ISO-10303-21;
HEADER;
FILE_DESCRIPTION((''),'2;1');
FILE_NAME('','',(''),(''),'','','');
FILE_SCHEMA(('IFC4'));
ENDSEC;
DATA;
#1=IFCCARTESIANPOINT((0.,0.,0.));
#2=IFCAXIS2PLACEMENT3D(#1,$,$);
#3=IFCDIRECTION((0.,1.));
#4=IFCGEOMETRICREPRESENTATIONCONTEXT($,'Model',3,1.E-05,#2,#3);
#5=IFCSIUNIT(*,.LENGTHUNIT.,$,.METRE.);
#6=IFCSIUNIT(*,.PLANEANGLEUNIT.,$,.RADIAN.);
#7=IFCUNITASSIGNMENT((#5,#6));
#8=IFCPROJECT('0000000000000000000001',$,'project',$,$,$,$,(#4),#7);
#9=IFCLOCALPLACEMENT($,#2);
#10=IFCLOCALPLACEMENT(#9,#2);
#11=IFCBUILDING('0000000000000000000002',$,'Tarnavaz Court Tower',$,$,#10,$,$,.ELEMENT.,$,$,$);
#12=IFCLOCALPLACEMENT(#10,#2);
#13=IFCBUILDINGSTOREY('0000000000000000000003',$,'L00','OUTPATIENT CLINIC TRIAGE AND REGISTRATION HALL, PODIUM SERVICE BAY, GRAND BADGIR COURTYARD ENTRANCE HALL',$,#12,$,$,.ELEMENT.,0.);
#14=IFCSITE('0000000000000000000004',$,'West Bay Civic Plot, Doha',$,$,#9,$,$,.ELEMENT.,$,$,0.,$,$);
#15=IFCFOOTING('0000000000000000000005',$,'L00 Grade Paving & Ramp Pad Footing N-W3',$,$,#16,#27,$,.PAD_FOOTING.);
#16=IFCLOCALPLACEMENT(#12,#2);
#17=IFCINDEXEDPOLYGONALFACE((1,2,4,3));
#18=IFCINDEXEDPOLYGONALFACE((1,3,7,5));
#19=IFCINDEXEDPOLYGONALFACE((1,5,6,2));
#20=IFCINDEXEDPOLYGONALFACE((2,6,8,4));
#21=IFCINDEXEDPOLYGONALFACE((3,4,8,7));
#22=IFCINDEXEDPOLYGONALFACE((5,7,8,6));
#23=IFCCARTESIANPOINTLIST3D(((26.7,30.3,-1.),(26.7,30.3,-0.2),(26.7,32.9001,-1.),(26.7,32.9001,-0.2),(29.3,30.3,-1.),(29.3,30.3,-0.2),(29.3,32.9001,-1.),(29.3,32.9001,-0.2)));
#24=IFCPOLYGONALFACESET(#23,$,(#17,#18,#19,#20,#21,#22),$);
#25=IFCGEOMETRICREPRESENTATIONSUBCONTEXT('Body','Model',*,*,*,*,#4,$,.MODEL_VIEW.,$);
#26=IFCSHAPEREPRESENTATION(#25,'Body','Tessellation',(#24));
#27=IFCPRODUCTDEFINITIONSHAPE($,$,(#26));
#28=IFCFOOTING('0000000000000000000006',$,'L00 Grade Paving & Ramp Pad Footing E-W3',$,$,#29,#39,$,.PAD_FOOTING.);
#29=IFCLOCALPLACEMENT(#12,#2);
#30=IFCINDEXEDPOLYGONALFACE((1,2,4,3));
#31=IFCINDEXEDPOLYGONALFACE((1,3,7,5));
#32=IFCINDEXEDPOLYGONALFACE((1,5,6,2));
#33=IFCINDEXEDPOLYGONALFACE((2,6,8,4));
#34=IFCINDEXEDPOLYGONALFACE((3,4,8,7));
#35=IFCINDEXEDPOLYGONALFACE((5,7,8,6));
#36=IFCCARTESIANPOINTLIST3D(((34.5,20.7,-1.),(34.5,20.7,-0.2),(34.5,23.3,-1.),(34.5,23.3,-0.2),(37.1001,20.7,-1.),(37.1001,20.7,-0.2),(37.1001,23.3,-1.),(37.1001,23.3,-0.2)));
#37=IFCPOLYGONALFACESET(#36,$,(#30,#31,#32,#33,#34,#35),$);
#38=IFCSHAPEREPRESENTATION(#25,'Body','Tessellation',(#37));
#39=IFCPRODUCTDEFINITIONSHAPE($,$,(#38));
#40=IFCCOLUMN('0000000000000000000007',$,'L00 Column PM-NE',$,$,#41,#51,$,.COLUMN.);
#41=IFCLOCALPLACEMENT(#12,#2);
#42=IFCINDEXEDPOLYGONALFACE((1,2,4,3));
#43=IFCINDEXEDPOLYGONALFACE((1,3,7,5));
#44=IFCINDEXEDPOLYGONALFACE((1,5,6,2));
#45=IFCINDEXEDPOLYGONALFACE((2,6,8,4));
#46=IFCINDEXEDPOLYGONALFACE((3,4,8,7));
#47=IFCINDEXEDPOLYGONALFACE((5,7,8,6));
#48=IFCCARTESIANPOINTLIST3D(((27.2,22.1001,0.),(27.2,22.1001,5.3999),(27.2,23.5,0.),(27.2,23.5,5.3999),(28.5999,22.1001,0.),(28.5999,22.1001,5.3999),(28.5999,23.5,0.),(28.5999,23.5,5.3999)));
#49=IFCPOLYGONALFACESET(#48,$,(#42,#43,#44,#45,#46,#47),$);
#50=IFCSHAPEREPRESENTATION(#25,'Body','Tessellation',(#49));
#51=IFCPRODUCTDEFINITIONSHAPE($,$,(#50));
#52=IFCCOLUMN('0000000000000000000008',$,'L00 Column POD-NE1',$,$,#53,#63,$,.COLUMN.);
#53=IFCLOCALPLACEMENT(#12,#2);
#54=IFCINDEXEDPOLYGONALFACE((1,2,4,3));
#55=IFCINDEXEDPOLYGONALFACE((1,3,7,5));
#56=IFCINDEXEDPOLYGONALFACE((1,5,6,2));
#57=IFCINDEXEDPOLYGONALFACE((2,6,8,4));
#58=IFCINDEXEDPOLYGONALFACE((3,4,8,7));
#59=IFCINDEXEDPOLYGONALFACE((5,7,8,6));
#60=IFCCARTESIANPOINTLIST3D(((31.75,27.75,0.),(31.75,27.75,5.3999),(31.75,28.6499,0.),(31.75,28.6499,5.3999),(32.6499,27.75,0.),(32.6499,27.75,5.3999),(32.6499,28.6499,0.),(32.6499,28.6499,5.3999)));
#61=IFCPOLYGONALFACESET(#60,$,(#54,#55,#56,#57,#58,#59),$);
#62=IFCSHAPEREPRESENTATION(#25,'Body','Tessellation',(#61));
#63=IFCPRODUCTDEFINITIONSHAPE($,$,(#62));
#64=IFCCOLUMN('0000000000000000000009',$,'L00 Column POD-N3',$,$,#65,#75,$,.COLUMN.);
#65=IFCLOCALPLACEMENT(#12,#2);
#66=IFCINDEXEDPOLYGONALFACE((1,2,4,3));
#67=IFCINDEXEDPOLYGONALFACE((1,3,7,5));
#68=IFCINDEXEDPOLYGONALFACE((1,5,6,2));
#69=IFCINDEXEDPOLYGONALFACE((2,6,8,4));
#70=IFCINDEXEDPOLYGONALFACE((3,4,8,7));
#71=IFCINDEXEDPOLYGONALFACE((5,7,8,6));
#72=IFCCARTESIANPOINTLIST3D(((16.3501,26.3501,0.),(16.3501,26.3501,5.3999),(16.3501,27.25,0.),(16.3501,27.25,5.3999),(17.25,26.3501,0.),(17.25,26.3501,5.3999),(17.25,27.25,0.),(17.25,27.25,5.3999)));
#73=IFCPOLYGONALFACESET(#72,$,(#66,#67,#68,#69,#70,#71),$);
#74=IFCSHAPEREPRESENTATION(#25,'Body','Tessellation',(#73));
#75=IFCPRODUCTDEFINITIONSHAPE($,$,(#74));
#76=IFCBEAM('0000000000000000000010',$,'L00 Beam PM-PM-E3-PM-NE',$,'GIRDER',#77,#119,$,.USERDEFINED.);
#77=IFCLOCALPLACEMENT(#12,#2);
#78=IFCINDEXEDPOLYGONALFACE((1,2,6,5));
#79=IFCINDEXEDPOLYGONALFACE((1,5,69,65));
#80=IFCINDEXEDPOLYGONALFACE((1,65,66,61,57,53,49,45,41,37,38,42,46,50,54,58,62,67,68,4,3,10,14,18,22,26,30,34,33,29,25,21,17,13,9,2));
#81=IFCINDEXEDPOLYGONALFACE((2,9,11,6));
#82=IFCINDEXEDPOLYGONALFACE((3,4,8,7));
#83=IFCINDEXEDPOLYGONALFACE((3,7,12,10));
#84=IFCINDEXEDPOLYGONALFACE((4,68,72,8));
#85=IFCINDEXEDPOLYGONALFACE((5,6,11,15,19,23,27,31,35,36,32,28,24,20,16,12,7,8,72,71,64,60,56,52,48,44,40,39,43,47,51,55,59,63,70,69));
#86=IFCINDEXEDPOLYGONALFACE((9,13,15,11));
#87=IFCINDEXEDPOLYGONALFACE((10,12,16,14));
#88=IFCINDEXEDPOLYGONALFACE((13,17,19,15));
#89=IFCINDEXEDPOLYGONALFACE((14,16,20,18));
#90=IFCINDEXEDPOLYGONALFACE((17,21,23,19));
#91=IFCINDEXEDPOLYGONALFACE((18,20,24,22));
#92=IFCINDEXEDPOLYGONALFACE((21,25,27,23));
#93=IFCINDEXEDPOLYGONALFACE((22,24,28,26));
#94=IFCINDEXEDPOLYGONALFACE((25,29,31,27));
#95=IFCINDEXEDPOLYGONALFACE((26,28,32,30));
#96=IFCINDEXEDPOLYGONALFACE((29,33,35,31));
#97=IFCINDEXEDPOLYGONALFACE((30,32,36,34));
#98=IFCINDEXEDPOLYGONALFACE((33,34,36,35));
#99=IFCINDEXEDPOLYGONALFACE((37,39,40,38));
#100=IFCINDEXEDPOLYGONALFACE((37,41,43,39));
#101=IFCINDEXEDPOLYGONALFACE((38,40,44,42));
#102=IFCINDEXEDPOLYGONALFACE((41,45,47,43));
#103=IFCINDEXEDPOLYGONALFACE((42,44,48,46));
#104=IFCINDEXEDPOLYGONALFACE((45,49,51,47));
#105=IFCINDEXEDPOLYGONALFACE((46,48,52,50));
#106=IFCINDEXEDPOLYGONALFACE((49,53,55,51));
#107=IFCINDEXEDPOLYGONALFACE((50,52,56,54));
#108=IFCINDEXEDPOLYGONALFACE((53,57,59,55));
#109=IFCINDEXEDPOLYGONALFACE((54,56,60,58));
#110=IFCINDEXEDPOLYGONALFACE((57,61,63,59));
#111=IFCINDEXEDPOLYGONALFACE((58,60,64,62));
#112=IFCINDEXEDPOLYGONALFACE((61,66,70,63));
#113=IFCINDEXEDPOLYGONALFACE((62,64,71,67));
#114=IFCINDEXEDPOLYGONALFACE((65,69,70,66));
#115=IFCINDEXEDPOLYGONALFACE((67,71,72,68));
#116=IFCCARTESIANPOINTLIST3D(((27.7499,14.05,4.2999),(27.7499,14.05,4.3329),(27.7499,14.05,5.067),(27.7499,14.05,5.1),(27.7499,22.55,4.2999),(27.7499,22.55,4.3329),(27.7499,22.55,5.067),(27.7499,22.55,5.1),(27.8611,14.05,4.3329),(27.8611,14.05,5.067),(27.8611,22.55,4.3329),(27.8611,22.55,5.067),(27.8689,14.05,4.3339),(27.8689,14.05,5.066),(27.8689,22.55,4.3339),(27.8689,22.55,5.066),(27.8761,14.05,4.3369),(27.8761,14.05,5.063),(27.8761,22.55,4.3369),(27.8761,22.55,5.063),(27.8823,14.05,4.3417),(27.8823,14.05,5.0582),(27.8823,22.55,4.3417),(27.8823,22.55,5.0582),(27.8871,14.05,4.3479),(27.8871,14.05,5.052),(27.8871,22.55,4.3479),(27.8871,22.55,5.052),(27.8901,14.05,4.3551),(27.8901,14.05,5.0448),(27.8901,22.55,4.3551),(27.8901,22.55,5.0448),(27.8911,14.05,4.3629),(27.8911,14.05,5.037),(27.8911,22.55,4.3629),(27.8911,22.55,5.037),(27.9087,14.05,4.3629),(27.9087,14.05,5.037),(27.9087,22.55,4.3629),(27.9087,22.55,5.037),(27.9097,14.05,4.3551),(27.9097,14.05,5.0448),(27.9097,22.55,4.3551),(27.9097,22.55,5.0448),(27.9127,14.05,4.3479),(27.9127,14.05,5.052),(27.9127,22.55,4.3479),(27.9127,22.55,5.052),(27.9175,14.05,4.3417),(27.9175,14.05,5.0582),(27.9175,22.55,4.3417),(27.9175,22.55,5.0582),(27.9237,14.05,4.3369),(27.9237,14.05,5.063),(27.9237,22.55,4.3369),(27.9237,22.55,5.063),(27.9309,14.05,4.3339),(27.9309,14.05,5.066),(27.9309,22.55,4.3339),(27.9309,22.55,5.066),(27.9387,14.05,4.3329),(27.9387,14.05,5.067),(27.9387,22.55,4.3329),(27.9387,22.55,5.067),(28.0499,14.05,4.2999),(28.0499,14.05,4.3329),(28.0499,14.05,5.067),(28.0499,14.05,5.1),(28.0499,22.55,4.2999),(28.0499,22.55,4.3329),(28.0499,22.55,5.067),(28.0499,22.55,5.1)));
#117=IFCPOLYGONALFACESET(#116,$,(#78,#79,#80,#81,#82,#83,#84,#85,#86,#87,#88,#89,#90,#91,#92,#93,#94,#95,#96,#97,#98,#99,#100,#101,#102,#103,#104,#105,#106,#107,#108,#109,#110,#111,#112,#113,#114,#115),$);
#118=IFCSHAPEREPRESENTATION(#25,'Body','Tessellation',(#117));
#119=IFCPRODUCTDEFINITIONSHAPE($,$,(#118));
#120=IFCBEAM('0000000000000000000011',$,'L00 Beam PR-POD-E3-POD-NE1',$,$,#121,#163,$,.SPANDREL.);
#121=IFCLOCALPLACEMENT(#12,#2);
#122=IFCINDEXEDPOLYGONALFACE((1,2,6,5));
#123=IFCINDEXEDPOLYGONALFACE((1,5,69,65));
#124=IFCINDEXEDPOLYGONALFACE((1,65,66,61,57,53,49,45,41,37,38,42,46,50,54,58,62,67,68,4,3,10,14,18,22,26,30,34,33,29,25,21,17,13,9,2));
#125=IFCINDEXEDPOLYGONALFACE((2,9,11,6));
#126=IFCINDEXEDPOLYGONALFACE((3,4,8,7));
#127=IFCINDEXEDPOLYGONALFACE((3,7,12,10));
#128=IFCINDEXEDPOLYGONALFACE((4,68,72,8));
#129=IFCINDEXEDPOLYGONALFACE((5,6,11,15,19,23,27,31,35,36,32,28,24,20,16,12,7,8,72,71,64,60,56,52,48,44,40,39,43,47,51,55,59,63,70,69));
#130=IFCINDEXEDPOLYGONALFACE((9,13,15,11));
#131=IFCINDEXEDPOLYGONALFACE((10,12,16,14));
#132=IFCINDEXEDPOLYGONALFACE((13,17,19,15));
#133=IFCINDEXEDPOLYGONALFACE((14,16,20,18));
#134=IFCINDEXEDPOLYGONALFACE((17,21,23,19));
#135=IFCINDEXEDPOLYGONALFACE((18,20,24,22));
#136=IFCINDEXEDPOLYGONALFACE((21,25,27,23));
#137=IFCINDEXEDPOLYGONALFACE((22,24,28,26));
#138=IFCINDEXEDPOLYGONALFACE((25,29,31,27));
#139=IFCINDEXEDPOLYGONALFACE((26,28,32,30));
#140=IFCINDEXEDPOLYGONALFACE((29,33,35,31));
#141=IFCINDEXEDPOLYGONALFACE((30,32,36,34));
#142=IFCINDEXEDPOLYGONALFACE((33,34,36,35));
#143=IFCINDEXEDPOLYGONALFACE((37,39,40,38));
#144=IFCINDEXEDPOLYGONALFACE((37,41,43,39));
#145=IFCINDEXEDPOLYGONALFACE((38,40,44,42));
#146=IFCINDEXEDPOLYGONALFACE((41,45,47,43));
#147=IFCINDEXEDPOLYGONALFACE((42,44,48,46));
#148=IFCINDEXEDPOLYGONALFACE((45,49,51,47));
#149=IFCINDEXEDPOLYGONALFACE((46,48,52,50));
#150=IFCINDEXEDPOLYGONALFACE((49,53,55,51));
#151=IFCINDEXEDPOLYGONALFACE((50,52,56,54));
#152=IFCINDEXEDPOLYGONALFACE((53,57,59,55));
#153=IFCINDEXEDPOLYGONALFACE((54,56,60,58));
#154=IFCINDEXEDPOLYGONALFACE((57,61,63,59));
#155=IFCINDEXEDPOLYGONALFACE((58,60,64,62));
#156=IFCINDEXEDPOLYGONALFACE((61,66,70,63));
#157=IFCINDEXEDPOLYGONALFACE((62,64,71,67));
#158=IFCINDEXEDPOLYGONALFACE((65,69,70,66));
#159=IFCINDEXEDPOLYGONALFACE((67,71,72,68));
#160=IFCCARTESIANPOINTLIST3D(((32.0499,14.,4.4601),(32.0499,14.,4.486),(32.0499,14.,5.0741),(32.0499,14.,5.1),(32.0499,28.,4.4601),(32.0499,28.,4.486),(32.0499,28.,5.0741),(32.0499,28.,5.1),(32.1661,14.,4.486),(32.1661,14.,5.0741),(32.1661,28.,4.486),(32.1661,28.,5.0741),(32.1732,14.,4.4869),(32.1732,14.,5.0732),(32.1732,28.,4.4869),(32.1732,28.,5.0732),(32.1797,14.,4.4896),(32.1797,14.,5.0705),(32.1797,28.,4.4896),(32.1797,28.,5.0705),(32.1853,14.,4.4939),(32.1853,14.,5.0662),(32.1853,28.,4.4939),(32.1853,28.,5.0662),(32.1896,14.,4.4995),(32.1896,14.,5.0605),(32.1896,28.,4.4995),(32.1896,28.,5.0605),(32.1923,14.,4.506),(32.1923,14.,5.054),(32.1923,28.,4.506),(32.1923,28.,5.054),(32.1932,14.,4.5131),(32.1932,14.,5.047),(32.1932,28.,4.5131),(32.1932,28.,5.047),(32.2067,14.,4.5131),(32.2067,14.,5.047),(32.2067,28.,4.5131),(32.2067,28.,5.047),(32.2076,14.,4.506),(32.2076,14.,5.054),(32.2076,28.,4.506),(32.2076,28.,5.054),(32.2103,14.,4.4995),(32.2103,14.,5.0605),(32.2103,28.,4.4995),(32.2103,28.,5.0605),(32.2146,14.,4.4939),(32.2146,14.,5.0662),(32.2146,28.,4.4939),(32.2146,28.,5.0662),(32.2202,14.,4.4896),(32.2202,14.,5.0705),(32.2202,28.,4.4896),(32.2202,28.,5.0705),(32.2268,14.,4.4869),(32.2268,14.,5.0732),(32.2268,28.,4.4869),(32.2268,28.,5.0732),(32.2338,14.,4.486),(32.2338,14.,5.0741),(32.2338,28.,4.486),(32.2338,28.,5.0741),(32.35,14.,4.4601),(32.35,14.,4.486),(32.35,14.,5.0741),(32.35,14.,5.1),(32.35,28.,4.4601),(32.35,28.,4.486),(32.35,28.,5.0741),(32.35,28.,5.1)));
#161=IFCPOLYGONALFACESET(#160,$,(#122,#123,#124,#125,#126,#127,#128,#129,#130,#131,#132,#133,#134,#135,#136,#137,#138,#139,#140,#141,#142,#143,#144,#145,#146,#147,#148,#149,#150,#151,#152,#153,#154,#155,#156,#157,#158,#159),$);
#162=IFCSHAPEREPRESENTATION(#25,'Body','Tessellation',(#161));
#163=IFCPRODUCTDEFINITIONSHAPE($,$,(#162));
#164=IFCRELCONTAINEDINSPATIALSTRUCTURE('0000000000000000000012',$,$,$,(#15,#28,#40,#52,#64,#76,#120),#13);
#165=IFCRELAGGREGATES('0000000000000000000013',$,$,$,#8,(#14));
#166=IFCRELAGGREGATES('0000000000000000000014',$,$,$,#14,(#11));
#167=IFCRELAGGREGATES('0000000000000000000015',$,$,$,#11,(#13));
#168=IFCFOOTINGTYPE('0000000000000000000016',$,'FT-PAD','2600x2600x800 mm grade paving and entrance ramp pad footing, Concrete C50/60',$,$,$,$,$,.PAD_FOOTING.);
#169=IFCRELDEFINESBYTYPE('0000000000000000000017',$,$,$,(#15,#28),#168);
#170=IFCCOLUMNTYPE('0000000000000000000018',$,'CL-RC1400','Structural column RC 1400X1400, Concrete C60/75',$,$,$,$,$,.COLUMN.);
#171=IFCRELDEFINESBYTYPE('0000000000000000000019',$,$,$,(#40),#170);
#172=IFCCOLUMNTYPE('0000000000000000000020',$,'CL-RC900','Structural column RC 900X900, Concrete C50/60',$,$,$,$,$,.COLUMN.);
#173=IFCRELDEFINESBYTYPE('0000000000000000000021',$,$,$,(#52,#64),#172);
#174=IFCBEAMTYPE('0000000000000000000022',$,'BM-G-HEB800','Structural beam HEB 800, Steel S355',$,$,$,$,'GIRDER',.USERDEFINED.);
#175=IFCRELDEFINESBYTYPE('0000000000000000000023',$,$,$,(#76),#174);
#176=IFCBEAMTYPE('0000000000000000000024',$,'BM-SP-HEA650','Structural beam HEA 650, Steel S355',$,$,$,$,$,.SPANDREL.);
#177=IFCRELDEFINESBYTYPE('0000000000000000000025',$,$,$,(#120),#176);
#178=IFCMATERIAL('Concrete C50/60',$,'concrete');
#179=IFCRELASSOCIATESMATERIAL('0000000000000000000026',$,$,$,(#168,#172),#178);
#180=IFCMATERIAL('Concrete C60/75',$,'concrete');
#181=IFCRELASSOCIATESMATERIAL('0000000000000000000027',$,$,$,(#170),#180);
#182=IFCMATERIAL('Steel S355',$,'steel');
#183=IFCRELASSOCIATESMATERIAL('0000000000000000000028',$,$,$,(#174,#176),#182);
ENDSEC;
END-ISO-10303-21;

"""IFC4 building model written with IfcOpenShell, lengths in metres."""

from ifc_helpers import new_model, si_unit, direction, frame, origin, origin_2d, place, context, subcontext, project, spatial, rectangle, i_section, extrude, material, material_profile, profile_set, type_object, element, save


model = new_model("IFC4")

# Units and contexts
model_context = context("Model", 3, precision=1e-05, world=origin(), true_north=direction((0.0, 1.0)))
body_context = subcontext(model_context, "Body", "Model", "MODEL_VIEW")
ifc_project = project(units=[si_unit("LENGTHUNIT", "METRE"), si_unit("PLANEANGLEUNIT", "RADIAN")], contexts=[model_context])

# Site, building, storey
site_placement = place(None, origin())
site = spatial("IfcSite", under=ifc_project, at=site_placement, Name="West Bay Civic Plot, Doha", CompositionType="ELEMENT", RefElevation=0.0)
building_placement = place(site_placement, origin())
building = spatial("IfcBuilding", under=site, at=building_placement, Name="Tarnavaz Court Tower", CompositionType="ELEMENT")
storey_placement = place(building_placement, origin())
storey = spatial("IfcBuildingStorey", under=building, at=storey_placement, Name="L00", Description="OUTPATIENT CLINIC TRIAGE AND REGISTRATION HALL, PODIUM SERVICE BAY, GRAND BADGIR COURTYARD ENTRANCE HALL", CompositionType="ELEMENT", Elevation=0.0)

# Footings
ifc_material_1 = material(Name="Concrete C50/60", Category="concrete")
footing_type = type_object("IfcFootingType", Name="FT-PAD", Description="2600x2600x800 mm grade paving and entrance ramp pad footing, Concrete C50/60", PredefinedType="PAD_FOOTING", material=ifc_material_1)
for number, where, z_axis, x_axis, name in (
    (1, (28.0, 31.6001, -1.0), (0.0, 0.0, 1.0), (1.0, 0.0, 0.0), "L00 Grade Paving & Ramp Pad Footing N-W3"),
    (2, (35.8, 22.0, -1.0), (0.0, 0.0, 1.0), (1.0, 0.0, 0.0), "L00 Grade Paving & Ramp Pad Footing E-W3"),
):
    element("IfcFooting", number, at=place(storey_placement, frame(where, z_axis=z_axis, x_axis=x_axis)), inside=storey, type_object=footing_type, Name=name, PredefinedType="PAD_FOOTING", context=body_context, shape_type="SweptSolid", body=[
        extrude(rectangle(XDim=2.6001, YDim=2.6001, at=origin_2d()), origin(), (0.0, 0.0, 1.0), 0.8),
    ])

# Columns
ifc_material_2 = material(Name="Concrete C60/75", Category="concrete")
ifc_material_profile_1 = material_profile(ifc_material_2, rectangle(XDim=1.3999, YDim=1.3999, at=origin_2d()), Name="RC 1400X1400")
ifc_profile_set_1 = profile_set([ifc_material_profile_1], Name="Concrete C60/75")
column_type_1 = type_object("IfcColumnType", Name="CL-RC1400", Description="Structural column RC 1400X1400, Concrete C60/75", PredefinedType="COLUMN", material=ifc_profile_set_1)
column_placement = place(storey_placement, frame((27.8999, 22.8, 0.0), z_axis=(0.0, 0.0, 1.0), x_axis=(1.0, 0.0, 0.0)))
element("IfcColumn", 3, at=column_placement, inside=storey, type_object=column_type_1, Name="L00 Column PM-NE", PredefinedType="COLUMN", context=body_context, shape_type="SweptSolid", body=[
    extrude(rectangle(XDim=1.3999, YDim=1.3999, at=origin_2d()), origin(), (0.0, 0.0, 1.0), 5.3999),
])
ifc_material_profile_2 = material_profile(ifc_material_1, rectangle(XDim=0.8999, YDim=0.8999, at=origin_2d()), Name="RC 900X900")
ifc_profile_set_2 = profile_set([ifc_material_profile_2], Name="Concrete C50/60")
column_type_2 = type_object("IfcColumnType", Name="CL-RC900", Description="Structural column RC 900X900, Concrete C50/60", PredefinedType="COLUMN", material=ifc_profile_set_2)
for number, where, z_axis, x_axis, name in (
    (4, (32.2, 28.2, 0.0), (0.0, 0.0, 1.0), (1.0, 0.0, 0.0), "L00 Column POD-NE1"),
    (5, (16.8, 26.8, 0.0), (0.0, 0.0, 1.0), (1.0, 0.0, 0.0), "L00 Column POD-N3"),
):
    element("IfcColumn", number, at=place(storey_placement, frame(where, z_axis=z_axis, x_axis=x_axis)), inside=storey, type_object=column_type_2, Name=name, PredefinedType="COLUMN", context=body_context, shape_type="SweptSolid", body=[
        extrude(rectangle(XDim=0.8999, YDim=0.8999, at=origin_2d()), origin(), (0.0, 0.0, 1.0), 5.3999),
    ])

# Beams
ifc_material_3 = material(Name="Steel S355", Category="steel")
ifc_material_profile_3 = material_profile(ifc_material_3, i_section(OverallWidth=0.3, OverallDepth=0.8, WebThickness=0.0176, FlangeThickness=0.033, FilletRadius=0.03, at=origin_2d()), Name="HEB 800")
ifc_profile_set_3 = profile_set([ifc_material_profile_3], Name="Steel S355")
beam_type_1 = type_object("IfcBeamType", Name="BM-G-HEB800", Description="Structural beam HEB 800, Steel S355", ElementType="GIRDER", PredefinedType="USERDEFINED", material=ifc_profile_set_3)
beam_1_placement = place(storey_placement, frame((27.8999, 14.05, 4.7), z_axis=(0.0, 1.0, 0.0), x_axis=(-1.0, 0.0, 0.0)))
element("IfcBeam", 6, at=beam_1_placement, inside=storey, type_object=beam_type_1, Name="L00 Beam PM-PM-E3-PM-NE", ObjectType="GIRDER", PredefinedType="USERDEFINED", context=body_context, shape_type="SweptSolid", body=[
    extrude(i_section(OverallWidth=0.3, OverallDepth=0.8, WebThickness=0.0176, FlangeThickness=0.033, FilletRadius=0.03, at=origin_2d()), origin(), (0.0, 0.0, 1.0), 8.5),
])
ifc_material_profile_4 = material_profile(ifc_material_3, i_section(OverallWidth=0.3, OverallDepth=0.6399, WebThickness=0.0134, FlangeThickness=0.0259, FilletRadius=0.0271, at=origin_2d()), Name="HEA 650")
ifc_profile_set_4 = profile_set([ifc_material_profile_4], Name="Steel S355")
beam_type_2 = type_object("IfcBeamType", Name="BM-SP-HEA650", Description="Structural beam HEA 650, Steel S355", PredefinedType="SPANDREL", material=ifc_profile_set_4)
beam_2_placement = place(storey_placement, frame((32.2, 14.0, 4.78), z_axis=(0.0, 1.0, 0.0), x_axis=(-1.0, 0.0, 0.0)))
element("IfcBeam", 7, at=beam_2_placement, inside=storey, type_object=beam_type_2, Name="L00 Beam PR-POD-E3-POD-NE1", PredefinedType="SPANDREL", context=body_context, shape_type="SweptSolid", body=[
    extrude(i_section(OverallWidth=0.3, OverallDepth=0.6399, WebThickness=0.0134, FlangeThickness=0.0259, FilletRadius=0.0271, at=origin_2d()), origin(), (0.0, 0.0, 1.0), 14.0),
])

save(model, "model.ifc")
